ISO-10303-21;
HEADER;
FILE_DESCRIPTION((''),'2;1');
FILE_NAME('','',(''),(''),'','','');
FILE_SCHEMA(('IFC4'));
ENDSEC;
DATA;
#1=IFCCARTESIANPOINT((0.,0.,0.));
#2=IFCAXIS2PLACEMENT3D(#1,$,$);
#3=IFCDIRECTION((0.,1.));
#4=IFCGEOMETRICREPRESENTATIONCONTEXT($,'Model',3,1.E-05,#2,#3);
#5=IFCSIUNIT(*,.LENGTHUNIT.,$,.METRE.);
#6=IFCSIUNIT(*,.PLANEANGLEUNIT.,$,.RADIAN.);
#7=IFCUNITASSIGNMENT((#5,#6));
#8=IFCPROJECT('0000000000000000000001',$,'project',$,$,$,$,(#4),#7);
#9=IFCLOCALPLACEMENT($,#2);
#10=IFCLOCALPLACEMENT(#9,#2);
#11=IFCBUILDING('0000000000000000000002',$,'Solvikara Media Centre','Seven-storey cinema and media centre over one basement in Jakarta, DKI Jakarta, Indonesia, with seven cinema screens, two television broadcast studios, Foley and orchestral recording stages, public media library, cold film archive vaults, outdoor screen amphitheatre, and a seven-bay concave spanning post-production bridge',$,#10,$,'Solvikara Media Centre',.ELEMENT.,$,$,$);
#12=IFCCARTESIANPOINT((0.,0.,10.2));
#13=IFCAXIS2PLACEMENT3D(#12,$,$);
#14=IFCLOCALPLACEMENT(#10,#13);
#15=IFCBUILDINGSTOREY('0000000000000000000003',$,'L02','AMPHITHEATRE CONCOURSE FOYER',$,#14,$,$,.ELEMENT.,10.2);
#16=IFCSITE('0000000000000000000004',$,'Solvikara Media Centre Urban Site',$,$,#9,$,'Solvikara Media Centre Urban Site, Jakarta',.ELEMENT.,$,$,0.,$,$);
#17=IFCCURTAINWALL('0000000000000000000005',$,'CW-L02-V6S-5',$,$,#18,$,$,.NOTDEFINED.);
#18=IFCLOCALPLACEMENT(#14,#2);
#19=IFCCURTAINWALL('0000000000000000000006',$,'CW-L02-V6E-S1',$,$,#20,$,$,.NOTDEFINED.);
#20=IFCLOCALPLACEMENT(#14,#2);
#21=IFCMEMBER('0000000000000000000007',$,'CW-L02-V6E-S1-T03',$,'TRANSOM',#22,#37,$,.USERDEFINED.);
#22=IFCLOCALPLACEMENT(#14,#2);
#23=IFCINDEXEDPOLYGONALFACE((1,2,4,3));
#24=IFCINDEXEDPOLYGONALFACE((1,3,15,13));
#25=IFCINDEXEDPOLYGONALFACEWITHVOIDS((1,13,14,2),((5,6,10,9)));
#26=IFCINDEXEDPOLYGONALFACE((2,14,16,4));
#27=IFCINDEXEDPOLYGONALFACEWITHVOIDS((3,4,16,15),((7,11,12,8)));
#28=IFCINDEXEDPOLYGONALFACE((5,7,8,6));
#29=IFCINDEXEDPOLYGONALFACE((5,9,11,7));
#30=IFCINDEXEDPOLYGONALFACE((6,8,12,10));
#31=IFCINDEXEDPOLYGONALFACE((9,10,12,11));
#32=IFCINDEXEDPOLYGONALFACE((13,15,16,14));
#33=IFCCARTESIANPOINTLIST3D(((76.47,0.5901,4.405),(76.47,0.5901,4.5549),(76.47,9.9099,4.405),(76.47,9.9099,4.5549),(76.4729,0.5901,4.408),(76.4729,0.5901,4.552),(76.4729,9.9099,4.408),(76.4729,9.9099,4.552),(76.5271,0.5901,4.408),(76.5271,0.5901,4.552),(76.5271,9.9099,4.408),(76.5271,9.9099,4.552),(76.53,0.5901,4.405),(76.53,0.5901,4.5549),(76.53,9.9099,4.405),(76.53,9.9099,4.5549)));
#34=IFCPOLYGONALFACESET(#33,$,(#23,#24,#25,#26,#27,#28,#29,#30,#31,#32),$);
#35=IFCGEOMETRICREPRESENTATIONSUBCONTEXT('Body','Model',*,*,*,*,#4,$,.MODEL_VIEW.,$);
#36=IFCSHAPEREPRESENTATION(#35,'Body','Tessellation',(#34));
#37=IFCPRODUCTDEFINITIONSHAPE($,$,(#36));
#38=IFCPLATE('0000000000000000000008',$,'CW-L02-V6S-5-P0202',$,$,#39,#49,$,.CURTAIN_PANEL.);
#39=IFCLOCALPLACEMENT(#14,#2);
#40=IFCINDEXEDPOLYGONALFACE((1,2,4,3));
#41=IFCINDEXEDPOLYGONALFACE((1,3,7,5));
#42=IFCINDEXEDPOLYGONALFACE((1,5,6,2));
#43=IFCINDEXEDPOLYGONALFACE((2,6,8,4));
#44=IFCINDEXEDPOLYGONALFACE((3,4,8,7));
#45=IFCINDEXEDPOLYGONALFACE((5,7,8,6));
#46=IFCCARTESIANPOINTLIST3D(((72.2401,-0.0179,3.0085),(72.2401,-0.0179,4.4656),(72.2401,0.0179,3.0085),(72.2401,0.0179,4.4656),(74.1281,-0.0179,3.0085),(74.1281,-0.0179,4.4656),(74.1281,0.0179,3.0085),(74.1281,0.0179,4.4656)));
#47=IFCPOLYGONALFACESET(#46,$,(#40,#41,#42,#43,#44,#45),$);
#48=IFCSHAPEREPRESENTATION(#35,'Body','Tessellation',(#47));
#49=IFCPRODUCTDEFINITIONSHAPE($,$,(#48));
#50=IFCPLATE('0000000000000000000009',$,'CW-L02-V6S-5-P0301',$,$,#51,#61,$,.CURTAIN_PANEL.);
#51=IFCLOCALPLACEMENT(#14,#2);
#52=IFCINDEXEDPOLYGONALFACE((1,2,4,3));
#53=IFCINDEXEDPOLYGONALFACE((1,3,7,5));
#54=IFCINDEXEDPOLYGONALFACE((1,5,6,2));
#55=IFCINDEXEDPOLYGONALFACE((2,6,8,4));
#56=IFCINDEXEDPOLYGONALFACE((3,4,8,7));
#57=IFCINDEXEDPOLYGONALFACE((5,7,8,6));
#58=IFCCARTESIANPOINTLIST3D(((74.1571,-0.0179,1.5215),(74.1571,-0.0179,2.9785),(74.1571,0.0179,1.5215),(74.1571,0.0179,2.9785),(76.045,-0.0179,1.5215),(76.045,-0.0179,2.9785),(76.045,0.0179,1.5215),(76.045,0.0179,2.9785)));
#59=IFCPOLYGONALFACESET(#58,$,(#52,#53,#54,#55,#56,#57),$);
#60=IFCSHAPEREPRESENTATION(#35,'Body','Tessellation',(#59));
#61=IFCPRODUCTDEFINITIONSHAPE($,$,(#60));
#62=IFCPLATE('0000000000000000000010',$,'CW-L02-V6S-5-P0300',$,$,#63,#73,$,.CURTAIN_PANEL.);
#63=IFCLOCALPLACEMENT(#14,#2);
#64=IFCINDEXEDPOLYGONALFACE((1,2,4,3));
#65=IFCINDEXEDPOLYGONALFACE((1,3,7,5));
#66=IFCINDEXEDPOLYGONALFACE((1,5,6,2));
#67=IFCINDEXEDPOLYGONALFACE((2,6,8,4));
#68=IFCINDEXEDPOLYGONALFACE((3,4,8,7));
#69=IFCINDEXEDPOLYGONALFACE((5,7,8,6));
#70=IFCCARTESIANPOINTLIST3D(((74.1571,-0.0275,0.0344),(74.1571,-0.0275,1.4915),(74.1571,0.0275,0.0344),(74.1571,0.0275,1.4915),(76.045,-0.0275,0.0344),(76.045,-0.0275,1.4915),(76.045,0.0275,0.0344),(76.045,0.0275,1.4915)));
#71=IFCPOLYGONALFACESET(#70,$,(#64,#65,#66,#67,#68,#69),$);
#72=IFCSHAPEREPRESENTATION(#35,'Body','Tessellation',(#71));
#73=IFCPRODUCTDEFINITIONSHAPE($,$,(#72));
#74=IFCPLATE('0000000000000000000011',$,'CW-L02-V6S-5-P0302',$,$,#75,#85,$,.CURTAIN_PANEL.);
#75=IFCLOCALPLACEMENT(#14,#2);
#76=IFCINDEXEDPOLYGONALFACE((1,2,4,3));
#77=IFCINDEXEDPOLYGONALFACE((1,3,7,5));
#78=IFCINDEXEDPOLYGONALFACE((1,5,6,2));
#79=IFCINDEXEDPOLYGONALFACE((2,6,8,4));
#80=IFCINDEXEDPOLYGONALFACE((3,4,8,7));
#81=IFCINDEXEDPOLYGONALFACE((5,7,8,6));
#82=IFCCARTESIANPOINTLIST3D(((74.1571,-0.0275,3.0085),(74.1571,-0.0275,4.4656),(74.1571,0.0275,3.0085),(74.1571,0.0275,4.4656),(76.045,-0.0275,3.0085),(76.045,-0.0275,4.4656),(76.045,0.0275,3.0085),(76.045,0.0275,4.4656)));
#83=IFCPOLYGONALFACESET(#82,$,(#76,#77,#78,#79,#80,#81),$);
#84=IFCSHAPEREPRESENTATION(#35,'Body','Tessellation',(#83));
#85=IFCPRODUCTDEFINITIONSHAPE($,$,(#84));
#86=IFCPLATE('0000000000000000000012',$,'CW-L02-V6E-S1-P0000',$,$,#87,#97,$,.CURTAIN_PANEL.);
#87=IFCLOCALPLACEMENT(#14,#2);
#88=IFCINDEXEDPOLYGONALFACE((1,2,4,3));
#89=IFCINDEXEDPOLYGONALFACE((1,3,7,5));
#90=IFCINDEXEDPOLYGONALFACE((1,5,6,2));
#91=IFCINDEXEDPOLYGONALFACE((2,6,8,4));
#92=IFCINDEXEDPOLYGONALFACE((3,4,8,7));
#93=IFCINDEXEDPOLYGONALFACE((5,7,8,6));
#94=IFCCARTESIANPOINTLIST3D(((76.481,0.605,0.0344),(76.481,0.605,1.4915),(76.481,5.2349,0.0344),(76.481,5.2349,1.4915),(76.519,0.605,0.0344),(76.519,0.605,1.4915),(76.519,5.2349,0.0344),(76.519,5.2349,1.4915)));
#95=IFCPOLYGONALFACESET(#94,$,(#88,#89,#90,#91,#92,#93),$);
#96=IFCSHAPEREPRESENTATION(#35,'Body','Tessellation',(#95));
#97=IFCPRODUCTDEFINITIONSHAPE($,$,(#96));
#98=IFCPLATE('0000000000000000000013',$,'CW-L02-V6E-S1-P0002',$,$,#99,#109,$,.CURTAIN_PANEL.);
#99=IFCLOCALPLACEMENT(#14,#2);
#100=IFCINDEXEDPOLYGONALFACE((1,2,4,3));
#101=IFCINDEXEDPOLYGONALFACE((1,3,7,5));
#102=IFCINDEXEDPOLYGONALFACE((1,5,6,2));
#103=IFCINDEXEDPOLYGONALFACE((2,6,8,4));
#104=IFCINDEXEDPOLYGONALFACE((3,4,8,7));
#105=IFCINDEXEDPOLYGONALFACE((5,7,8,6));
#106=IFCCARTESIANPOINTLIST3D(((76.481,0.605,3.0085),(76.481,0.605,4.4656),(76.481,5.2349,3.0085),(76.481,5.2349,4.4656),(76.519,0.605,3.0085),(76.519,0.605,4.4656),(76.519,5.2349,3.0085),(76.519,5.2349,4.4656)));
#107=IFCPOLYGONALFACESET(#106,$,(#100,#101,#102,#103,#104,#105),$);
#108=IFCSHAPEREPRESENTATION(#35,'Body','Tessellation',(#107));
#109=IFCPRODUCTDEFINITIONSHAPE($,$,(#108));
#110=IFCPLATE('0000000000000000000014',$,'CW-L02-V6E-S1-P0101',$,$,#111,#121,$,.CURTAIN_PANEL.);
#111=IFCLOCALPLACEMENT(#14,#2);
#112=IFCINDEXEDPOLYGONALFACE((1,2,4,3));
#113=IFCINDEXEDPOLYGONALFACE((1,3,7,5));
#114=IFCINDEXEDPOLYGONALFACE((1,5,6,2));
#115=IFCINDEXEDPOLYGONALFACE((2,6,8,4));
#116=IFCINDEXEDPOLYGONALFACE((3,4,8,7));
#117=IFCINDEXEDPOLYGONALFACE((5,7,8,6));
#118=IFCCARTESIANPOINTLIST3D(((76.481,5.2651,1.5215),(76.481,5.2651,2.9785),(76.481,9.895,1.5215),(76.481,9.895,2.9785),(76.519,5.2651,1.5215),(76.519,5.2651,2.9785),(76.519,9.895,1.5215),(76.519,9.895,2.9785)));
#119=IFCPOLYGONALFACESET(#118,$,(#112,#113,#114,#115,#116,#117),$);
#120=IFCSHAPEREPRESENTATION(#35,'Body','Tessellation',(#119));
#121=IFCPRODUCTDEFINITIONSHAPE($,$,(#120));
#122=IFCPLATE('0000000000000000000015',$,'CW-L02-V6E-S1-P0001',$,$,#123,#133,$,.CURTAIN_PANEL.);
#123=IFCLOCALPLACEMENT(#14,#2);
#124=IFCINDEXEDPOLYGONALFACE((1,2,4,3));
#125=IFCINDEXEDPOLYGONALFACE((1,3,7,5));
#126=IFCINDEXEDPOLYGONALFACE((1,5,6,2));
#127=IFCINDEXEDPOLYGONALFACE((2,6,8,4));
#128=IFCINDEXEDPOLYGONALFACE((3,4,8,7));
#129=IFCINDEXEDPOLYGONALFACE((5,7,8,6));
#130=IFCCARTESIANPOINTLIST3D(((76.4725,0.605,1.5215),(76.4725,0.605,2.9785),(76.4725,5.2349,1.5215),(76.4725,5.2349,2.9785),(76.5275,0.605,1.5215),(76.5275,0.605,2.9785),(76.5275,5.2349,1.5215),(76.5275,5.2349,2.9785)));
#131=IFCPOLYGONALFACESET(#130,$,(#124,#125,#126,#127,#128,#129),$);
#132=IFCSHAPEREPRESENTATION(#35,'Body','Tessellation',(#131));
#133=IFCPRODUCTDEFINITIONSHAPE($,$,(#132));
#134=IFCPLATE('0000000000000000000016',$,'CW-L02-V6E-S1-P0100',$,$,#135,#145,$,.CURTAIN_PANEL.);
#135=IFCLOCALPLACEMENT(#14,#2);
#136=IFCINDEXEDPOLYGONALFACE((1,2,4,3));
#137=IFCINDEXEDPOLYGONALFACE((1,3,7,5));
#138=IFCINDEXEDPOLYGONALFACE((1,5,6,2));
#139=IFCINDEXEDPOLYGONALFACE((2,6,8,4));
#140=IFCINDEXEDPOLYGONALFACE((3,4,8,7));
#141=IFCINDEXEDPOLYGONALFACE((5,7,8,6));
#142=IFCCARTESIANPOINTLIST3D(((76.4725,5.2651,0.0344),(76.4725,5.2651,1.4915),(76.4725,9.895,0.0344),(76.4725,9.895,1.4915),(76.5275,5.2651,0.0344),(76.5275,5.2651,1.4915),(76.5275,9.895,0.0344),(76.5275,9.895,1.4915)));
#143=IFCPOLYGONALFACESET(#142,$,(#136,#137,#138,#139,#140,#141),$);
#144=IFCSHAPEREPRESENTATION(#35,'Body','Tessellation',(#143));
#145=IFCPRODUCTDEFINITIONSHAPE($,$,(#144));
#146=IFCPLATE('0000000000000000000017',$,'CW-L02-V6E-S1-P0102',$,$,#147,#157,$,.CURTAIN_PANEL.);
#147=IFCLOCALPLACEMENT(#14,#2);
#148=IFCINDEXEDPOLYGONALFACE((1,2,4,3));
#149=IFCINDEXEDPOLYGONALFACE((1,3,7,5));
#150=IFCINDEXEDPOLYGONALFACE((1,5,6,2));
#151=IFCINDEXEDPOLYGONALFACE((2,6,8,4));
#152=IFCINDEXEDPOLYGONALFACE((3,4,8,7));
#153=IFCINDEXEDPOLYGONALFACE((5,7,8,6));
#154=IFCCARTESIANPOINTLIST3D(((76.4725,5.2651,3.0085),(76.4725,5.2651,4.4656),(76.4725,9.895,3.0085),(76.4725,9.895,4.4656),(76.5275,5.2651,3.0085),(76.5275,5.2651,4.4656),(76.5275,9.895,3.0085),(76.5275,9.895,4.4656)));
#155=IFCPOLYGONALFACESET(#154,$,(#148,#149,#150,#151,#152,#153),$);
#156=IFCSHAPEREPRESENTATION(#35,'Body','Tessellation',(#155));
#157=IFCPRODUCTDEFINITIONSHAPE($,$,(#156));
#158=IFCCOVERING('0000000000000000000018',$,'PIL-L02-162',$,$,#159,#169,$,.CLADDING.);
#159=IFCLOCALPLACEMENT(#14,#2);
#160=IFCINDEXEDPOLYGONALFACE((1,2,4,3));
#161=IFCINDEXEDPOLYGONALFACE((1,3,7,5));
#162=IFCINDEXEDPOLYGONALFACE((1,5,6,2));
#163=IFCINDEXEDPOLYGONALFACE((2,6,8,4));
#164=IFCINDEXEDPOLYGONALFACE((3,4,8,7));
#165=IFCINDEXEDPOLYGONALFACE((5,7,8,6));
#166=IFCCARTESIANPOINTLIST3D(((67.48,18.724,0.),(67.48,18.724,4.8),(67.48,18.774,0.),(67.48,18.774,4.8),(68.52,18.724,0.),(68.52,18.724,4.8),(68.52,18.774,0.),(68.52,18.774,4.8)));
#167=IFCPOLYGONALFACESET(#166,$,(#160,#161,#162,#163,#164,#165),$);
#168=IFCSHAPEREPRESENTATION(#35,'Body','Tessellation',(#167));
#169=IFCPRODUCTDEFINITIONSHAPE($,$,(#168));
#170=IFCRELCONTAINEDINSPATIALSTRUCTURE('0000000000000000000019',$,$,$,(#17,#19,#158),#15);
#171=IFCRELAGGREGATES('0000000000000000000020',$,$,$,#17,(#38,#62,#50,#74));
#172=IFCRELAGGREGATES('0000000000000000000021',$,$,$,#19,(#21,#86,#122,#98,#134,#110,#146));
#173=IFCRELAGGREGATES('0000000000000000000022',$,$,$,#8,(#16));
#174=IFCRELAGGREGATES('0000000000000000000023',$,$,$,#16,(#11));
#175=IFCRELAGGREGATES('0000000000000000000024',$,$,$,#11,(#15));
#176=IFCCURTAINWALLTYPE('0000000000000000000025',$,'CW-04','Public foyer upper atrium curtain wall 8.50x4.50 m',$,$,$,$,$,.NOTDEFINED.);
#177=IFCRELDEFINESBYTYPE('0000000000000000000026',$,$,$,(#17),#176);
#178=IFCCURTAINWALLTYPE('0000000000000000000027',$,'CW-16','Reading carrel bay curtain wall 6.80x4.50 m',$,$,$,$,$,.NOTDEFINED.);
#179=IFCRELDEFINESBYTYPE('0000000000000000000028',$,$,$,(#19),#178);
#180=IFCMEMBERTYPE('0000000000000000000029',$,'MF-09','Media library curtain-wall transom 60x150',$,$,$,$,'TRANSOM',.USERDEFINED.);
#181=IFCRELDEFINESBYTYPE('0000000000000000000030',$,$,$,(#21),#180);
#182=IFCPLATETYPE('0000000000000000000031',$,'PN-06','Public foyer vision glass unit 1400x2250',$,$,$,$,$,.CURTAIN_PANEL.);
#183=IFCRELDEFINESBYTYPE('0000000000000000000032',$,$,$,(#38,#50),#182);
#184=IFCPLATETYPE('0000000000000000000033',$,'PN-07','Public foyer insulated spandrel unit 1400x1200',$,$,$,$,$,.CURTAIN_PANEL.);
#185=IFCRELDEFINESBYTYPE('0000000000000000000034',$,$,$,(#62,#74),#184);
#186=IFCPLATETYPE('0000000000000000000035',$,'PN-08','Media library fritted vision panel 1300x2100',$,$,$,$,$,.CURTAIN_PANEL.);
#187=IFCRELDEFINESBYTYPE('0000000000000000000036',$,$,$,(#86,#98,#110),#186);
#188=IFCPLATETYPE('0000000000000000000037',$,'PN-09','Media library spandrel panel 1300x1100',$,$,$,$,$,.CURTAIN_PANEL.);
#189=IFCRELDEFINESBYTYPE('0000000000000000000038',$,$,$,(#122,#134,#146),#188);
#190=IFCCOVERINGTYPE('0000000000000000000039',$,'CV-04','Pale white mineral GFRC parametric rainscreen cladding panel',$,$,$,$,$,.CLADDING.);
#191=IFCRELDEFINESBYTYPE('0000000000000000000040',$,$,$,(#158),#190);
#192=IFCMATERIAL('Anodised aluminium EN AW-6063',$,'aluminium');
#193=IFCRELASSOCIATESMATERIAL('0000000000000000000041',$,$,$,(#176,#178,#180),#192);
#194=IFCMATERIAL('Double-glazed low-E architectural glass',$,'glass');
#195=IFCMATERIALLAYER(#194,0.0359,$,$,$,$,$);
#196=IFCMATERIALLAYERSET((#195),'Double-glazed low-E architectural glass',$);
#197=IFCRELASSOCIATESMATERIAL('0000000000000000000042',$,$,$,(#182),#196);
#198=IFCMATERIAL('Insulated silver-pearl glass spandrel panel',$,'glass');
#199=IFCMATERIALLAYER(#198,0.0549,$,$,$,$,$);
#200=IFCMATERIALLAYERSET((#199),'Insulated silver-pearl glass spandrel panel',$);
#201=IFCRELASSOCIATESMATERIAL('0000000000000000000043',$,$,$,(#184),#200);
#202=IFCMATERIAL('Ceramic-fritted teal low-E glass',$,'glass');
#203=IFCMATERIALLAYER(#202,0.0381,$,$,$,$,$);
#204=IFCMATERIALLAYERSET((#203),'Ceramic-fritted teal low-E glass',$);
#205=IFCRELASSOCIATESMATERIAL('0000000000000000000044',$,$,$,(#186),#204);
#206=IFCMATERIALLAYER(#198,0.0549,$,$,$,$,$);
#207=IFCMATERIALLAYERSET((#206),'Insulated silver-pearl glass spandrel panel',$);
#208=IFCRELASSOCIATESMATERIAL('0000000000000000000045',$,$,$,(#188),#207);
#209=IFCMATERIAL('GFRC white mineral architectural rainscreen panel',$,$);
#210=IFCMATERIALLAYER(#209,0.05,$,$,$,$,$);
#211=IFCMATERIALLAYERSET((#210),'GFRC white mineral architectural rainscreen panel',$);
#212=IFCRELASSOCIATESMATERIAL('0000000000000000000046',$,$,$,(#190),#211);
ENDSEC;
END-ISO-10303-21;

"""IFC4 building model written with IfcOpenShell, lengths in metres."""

from ifc_helpers import new_model, si_unit, direction, frame, origin, origin_2d, place, context, subcontext, project, spatial, rectangle, hollow_rectangle, extrude, material, layer, layer_set, material_profile, profile_set, type_object, element, aggregate, save


model = new_model("IFC4")

# Units and contexts
model_context = context("Model", 3, precision=1e-05, world=origin(), true_north=direction((0.0, 1.0)))
body_context = subcontext(model_context, "Body", "Model", "MODEL_VIEW")
ifc_project = project(units=[si_unit("LENGTHUNIT", "METRE"), si_unit("PLANEANGLEUNIT", "RADIAN")], contexts=[model_context])

# Site, building, storey
site_placement = place(None, origin())
site = spatial("IfcSite", under=ifc_project, at=site_placement, Name="Solvikara Media Centre Urban Site", LongName="Solvikara Media Centre Urban Site, Jakarta", CompositionType="ELEMENT", RefElevation=0.0)
building_placement = place(site_placement, origin())
building = spatial("IfcBuilding", under=site, at=building_placement, Name="Solvikara Media Centre", Description="Seven-storey cinema and media centre over one basement in Jakarta, DKI Jakarta, Indonesia, with seven cinema screens, two television broadcast studios, Foley and orchestral recording stages, public media library, cold film archive vaults, outdoor screen amphitheatre, and a seven-bay concave spanning post-production bridge", LongName="Solvikara Media Centre", CompositionType="ELEMENT")
storey_placement = place(building_placement, frame((0.0, 0.0, 10.2)))
storey = spatial("IfcBuildingStorey", under=building, at=storey_placement, Name="L02", Description="AMPHITHEATRE CONCOURSE FOYER", CompositionType="ELEMENT", Elevation=10.2)

# Curtain walls, member
ifc_material_1 = material(Name="Anodised aluminium EN AW-6063", Category="aluminium")
curtain_wall_type_1 = type_object("IfcCurtainWallType", Name="CW-04", Description="Public foyer upper atrium curtain wall 8.50x4.50 m", PredefinedType="NOTDEFINED", material=ifc_material_1)
curtain_wall_1_placement = place(storey_placement, origin())
curtain_wall_1 = element("IfcCurtainWall", 1, at=curtain_wall_1_placement, inside=storey, type_object=curtain_wall_type_1, Name="CW-L02-V6S-5", PredefinedType="NOTDEFINED")
curtain_wall_type_2 = type_object("IfcCurtainWallType", Name="CW-16", Description="Reading carrel bay curtain wall 6.80x4.50 m", PredefinedType="NOTDEFINED", material=ifc_material_1)
curtain_wall_2_placement = place(storey_placement, origin())
curtain_wall_2 = element("IfcCurtainWall", 2, at=curtain_wall_2_placement, inside=storey, type_object=curtain_wall_type_2, Name="CW-L02-V6E-S1", PredefinedType="NOTDEFINED")
ifc_material_profile_1 = material_profile(ifc_material_1, hollow_rectangle(XDim=0.0601, YDim=0.1499, WallThickness=0.0029, at=origin_2d()), Name="ALU-T 60x150x3")
ifc_profile_set_1 = profile_set([ifc_material_profile_1], Name="Anodised aluminium EN AW-6063")
member_type_1 = type_object("IfcMemberType", Name="MF-09", Description="Media library curtain-wall transom 60x150", ElementType="TRANSOM", PredefinedType="USERDEFINED", material=ifc_profile_set_1)
member_1_placement = place(storey_placement, frame((76.5, 0.5901, 4.48), z_axis=(0.0, 1.0, 0.0), x_axis=(-1.0, 0.0, 0.0)))
member_1 = element("IfcMember", 3, at=member_1_placement, type_object=member_type_1, Name="CW-L02-V6E-S1-T03", ObjectType="TRANSOM", PredefinedType="USERDEFINED", context=body_context, shape_type="SweptSolid", body=[
    extrude(hollow_rectangle(XDim=0.0601, YDim=0.1499, WallThickness=0.0029, at=origin_2d()), origin(), (0.0, 0.0, 1.0), 9.3198),
])

# Plates
ifc_material_2 = material(Name="Double-glazed low-E architectural glass", Category="glass")
ifc_layer_1 = layer(ifc_material_2, 0.0359)
ifc_layer_set_1 = layer_set([ifc_layer_1], Name="Double-glazed low-E architectural glass")
plate_type_1 = type_object("IfcPlateType", Name="PN-06", Description="Public foyer vision glass unit 1400x2250", PredefinedType="CURTAIN_PANEL", material=ifc_layer_set_1)
plate_1_placement = place(storey_placement, frame((73.1841, 0.0, 3.0085), z_axis=(0.0, 0.0, 1.0), x_axis=(1.0, 0.0, 0.0)))
plate_1 = element("IfcPlate", 4, at=plate_1_placement, type_object=plate_type_1, Name="CW-L02-V6S-5-P0202", PredefinedType="CURTAIN_PANEL", context=body_context, shape_type="SweptSolid", body=[
    extrude(rectangle(XDim=1.8879, YDim=0.0359, at=origin_2d()), origin(), (0.0, 0.0, 1.0), 1.457),
])
plate_2_placement = place(storey_placement, frame((75.1011, 0.0, 1.5215), z_axis=(0.0, 0.0, 1.0), x_axis=(1.0, 0.0, 0.0)))
plate_2 = element("IfcPlate", 5, at=plate_2_placement, type_object=plate_type_1, Name="CW-L02-V6S-5-P0301", PredefinedType="CURTAIN_PANEL", context=body_context, shape_type="SweptSolid", body=[
    extrude(rectangle(XDim=1.8879, YDim=0.0359, at=origin_2d()), origin(), (0.0, 0.0, 1.0), 1.457),
])
ifc_material_3 = material(Name="Insulated silver-pearl glass spandrel panel", Category="glass")
ifc_layer_2 = layer(ifc_material_3, 0.0549)
ifc_layer_set_2 = layer_set([ifc_layer_2], Name="Insulated silver-pearl glass spandrel panel")
plate_type_2 = type_object("IfcPlateType", Name="PN-07", Description="Public foyer insulated spandrel unit 1400x1200", PredefinedType="CURTAIN_PANEL", material=ifc_layer_set_2)
plate_3_placement = place(storey_placement, frame((75.1011, 0.0, 0.0344), z_axis=(0.0, 0.0, 1.0), x_axis=(1.0, 0.0, 0.0)))
plate_3 = element("IfcPlate", 6, at=plate_3_placement, type_object=plate_type_2, Name="CW-L02-V6S-5-P0300", PredefinedType="CURTAIN_PANEL", context=body_context, shape_type="SweptSolid", body=[
    extrude(rectangle(XDim=1.8879, YDim=0.0549, at=origin_2d()), origin(), (0.0, 0.0, 1.0), 1.457),
])
plate_4_placement = place(storey_placement, frame((75.1011, 0.0, 3.0085), z_axis=(0.0, 0.0, 1.0), x_axis=(1.0, 0.0, 0.0)))
plate_4 = element("IfcPlate", 7, at=plate_4_placement, type_object=plate_type_2, Name="CW-L02-V6S-5-P0302", PredefinedType="CURTAIN_PANEL", context=body_context, shape_type="SweptSolid", body=[
    extrude(rectangle(XDim=1.8879, YDim=0.0549, at=origin_2d()), origin(), (0.0, 0.0, 1.0), 1.457),
])
aggregate(curtain_wall_1, [plate_1, plate_3, plate_2, plate_4])
ifc_material_4 = material(Name="Ceramic-fritted teal low-E glass", Category="glass")
ifc_layer_3 = layer(ifc_material_4, 0.0381)
ifc_layer_set_3 = layer_set([ifc_layer_3], Name="Ceramic-fritted teal low-E glass")
plate_type_3 = type_object("IfcPlateType", Name="PN-08", Description="Media library fritted vision panel 1300x2100", PredefinedType="CURTAIN_PANEL", material=ifc_layer_set_3)
plate_5_placement = place(storey_placement, frame((76.5, 2.9199, 0.0344), z_axis=(0.0, 0.0, 1.0), x_axis=(0.0, 1.0, 0.0)))
plate_5 = element("IfcPlate", 8, at=plate_5_placement, type_object=plate_type_3, Name="CW-L02-V6E-S1-P0000", PredefinedType="CURTAIN_PANEL", context=body_context, shape_type="SweptSolid", body=[
    extrude(rectangle(XDim=4.6299, YDim=0.0381, at=origin_2d()), origin(), (0.0, 0.0, 1.0), 1.457),
])
plate_6_placement = place(storey_placement, frame((76.5, 2.9199, 3.0085), z_axis=(0.0, 0.0, 1.0), x_axis=(0.0, 1.0, 0.0)))
plate_6 = element("IfcPlate", 9, at=plate_6_placement, type_object=plate_type_3, Name="CW-L02-V6E-S1-P0002", PredefinedType="CURTAIN_PANEL", context=body_context, shape_type="SweptSolid", body=[
    extrude(rectangle(XDim=4.6299, YDim=0.0381, at=origin_2d()), origin(), (0.0, 0.0, 1.0), 1.457),
])
plate_7_placement = place(storey_placement, frame((76.5, 7.5801, 1.5215), z_axis=(0.0, 0.0, 1.0), x_axis=(0.0, 1.0, 0.0)))
plate_7 = element("IfcPlate", 10, at=plate_7_placement, type_object=plate_type_3, Name="CW-L02-V6E-S1-P0101", PredefinedType="CURTAIN_PANEL", context=body_context, shape_type="SweptSolid", body=[
    extrude(rectangle(XDim=4.6299, YDim=0.0381, at=origin_2d()), origin(), (0.0, 0.0, 1.0), 1.457),
])
ifc_layer_4 = layer(ifc_material_3, 0.0549)
ifc_layer_set_4 = layer_set([ifc_layer_4], Name="Insulated silver-pearl glass spandrel panel")
plate_type_4 = type_object("IfcPlateType", Name="PN-09", Description="Media library spandrel panel 1300x1100", PredefinedType="CURTAIN_PANEL", material=ifc_layer_set_4)
plate_8_placement = place(storey_placement, frame((76.5, 2.9199, 1.5215), z_axis=(0.0, 0.0, 1.0), x_axis=(0.0, 1.0, 0.0)))
plate_8 = element("IfcPlate", 11, at=plate_8_placement, type_object=plate_type_4, Name="CW-L02-V6E-S1-P0001", PredefinedType="CURTAIN_PANEL", context=body_context, shape_type="SweptSolid", body=[
    extrude(rectangle(XDim=4.6299, YDim=0.0549, at=origin_2d()), origin(), (0.0, 0.0, 1.0), 1.457),
])
plate_9_placement = place(storey_placement, frame((76.5, 7.5801, 0.0344), z_axis=(0.0, 0.0, 1.0), x_axis=(0.0, 1.0, 0.0)))
plate_9 = element("IfcPlate", 12, at=plate_9_placement, type_object=plate_type_4, Name="CW-L02-V6E-S1-P0100", PredefinedType="CURTAIN_PANEL", context=body_context, shape_type="SweptSolid", body=[
    extrude(rectangle(XDim=4.6299, YDim=0.0549, at=origin_2d()), origin(), (0.0, 0.0, 1.0), 1.457),
])
plate_10_placement = place(storey_placement, frame((76.5, 7.5801, 3.0085), z_axis=(0.0, 0.0, 1.0), x_axis=(0.0, 1.0, 0.0)))
plate_10 = element("IfcPlate", 13, at=plate_10_placement, type_object=plate_type_4, Name="CW-L02-V6E-S1-P0102", PredefinedType="CURTAIN_PANEL", context=body_context, shape_type="SweptSolid", body=[
    extrude(rectangle(XDim=4.6299, YDim=0.0549, at=origin_2d()), origin(), (0.0, 0.0, 1.0), 1.457),
])
aggregate(curtain_wall_2, [member_1, plate_5, plate_8, plate_6, plate_9, plate_7, plate_10])

# Covering
ifc_material_5 = material(Name="GFRC white mineral architectural rainscreen panel")
ifc_layer_5 = layer(ifc_material_5, 0.05)
ifc_layer_set_5 = layer_set([ifc_layer_5], Name="GFRC white mineral architectural rainscreen panel")
covering_type = type_object("IfcCoveringType", Name="CV-04", Description="Pale white mineral GFRC parametric rainscreen cladding panel", PredefinedType="CLADDING", material=ifc_layer_set_5)
covering_placement = place(storey_placement, frame((68.0, 18.749, 0.0), z_axis=(0.0, 0.0, 1.0), x_axis=(1.0, 0.0, 0.0)))
element("IfcCovering", 14, at=covering_placement, inside=storey, type_object=covering_type, Name="PIL-L02-162", PredefinedType="CLADDING", context=body_context, shape_type="SweptSolid", body=[
    extrude(rectangle(XDim=1.04, YDim=0.05, at=origin_2d()), origin(), (0.0, 0.0, 1.0), 4.8),
])

save(model, "model.ifc")
